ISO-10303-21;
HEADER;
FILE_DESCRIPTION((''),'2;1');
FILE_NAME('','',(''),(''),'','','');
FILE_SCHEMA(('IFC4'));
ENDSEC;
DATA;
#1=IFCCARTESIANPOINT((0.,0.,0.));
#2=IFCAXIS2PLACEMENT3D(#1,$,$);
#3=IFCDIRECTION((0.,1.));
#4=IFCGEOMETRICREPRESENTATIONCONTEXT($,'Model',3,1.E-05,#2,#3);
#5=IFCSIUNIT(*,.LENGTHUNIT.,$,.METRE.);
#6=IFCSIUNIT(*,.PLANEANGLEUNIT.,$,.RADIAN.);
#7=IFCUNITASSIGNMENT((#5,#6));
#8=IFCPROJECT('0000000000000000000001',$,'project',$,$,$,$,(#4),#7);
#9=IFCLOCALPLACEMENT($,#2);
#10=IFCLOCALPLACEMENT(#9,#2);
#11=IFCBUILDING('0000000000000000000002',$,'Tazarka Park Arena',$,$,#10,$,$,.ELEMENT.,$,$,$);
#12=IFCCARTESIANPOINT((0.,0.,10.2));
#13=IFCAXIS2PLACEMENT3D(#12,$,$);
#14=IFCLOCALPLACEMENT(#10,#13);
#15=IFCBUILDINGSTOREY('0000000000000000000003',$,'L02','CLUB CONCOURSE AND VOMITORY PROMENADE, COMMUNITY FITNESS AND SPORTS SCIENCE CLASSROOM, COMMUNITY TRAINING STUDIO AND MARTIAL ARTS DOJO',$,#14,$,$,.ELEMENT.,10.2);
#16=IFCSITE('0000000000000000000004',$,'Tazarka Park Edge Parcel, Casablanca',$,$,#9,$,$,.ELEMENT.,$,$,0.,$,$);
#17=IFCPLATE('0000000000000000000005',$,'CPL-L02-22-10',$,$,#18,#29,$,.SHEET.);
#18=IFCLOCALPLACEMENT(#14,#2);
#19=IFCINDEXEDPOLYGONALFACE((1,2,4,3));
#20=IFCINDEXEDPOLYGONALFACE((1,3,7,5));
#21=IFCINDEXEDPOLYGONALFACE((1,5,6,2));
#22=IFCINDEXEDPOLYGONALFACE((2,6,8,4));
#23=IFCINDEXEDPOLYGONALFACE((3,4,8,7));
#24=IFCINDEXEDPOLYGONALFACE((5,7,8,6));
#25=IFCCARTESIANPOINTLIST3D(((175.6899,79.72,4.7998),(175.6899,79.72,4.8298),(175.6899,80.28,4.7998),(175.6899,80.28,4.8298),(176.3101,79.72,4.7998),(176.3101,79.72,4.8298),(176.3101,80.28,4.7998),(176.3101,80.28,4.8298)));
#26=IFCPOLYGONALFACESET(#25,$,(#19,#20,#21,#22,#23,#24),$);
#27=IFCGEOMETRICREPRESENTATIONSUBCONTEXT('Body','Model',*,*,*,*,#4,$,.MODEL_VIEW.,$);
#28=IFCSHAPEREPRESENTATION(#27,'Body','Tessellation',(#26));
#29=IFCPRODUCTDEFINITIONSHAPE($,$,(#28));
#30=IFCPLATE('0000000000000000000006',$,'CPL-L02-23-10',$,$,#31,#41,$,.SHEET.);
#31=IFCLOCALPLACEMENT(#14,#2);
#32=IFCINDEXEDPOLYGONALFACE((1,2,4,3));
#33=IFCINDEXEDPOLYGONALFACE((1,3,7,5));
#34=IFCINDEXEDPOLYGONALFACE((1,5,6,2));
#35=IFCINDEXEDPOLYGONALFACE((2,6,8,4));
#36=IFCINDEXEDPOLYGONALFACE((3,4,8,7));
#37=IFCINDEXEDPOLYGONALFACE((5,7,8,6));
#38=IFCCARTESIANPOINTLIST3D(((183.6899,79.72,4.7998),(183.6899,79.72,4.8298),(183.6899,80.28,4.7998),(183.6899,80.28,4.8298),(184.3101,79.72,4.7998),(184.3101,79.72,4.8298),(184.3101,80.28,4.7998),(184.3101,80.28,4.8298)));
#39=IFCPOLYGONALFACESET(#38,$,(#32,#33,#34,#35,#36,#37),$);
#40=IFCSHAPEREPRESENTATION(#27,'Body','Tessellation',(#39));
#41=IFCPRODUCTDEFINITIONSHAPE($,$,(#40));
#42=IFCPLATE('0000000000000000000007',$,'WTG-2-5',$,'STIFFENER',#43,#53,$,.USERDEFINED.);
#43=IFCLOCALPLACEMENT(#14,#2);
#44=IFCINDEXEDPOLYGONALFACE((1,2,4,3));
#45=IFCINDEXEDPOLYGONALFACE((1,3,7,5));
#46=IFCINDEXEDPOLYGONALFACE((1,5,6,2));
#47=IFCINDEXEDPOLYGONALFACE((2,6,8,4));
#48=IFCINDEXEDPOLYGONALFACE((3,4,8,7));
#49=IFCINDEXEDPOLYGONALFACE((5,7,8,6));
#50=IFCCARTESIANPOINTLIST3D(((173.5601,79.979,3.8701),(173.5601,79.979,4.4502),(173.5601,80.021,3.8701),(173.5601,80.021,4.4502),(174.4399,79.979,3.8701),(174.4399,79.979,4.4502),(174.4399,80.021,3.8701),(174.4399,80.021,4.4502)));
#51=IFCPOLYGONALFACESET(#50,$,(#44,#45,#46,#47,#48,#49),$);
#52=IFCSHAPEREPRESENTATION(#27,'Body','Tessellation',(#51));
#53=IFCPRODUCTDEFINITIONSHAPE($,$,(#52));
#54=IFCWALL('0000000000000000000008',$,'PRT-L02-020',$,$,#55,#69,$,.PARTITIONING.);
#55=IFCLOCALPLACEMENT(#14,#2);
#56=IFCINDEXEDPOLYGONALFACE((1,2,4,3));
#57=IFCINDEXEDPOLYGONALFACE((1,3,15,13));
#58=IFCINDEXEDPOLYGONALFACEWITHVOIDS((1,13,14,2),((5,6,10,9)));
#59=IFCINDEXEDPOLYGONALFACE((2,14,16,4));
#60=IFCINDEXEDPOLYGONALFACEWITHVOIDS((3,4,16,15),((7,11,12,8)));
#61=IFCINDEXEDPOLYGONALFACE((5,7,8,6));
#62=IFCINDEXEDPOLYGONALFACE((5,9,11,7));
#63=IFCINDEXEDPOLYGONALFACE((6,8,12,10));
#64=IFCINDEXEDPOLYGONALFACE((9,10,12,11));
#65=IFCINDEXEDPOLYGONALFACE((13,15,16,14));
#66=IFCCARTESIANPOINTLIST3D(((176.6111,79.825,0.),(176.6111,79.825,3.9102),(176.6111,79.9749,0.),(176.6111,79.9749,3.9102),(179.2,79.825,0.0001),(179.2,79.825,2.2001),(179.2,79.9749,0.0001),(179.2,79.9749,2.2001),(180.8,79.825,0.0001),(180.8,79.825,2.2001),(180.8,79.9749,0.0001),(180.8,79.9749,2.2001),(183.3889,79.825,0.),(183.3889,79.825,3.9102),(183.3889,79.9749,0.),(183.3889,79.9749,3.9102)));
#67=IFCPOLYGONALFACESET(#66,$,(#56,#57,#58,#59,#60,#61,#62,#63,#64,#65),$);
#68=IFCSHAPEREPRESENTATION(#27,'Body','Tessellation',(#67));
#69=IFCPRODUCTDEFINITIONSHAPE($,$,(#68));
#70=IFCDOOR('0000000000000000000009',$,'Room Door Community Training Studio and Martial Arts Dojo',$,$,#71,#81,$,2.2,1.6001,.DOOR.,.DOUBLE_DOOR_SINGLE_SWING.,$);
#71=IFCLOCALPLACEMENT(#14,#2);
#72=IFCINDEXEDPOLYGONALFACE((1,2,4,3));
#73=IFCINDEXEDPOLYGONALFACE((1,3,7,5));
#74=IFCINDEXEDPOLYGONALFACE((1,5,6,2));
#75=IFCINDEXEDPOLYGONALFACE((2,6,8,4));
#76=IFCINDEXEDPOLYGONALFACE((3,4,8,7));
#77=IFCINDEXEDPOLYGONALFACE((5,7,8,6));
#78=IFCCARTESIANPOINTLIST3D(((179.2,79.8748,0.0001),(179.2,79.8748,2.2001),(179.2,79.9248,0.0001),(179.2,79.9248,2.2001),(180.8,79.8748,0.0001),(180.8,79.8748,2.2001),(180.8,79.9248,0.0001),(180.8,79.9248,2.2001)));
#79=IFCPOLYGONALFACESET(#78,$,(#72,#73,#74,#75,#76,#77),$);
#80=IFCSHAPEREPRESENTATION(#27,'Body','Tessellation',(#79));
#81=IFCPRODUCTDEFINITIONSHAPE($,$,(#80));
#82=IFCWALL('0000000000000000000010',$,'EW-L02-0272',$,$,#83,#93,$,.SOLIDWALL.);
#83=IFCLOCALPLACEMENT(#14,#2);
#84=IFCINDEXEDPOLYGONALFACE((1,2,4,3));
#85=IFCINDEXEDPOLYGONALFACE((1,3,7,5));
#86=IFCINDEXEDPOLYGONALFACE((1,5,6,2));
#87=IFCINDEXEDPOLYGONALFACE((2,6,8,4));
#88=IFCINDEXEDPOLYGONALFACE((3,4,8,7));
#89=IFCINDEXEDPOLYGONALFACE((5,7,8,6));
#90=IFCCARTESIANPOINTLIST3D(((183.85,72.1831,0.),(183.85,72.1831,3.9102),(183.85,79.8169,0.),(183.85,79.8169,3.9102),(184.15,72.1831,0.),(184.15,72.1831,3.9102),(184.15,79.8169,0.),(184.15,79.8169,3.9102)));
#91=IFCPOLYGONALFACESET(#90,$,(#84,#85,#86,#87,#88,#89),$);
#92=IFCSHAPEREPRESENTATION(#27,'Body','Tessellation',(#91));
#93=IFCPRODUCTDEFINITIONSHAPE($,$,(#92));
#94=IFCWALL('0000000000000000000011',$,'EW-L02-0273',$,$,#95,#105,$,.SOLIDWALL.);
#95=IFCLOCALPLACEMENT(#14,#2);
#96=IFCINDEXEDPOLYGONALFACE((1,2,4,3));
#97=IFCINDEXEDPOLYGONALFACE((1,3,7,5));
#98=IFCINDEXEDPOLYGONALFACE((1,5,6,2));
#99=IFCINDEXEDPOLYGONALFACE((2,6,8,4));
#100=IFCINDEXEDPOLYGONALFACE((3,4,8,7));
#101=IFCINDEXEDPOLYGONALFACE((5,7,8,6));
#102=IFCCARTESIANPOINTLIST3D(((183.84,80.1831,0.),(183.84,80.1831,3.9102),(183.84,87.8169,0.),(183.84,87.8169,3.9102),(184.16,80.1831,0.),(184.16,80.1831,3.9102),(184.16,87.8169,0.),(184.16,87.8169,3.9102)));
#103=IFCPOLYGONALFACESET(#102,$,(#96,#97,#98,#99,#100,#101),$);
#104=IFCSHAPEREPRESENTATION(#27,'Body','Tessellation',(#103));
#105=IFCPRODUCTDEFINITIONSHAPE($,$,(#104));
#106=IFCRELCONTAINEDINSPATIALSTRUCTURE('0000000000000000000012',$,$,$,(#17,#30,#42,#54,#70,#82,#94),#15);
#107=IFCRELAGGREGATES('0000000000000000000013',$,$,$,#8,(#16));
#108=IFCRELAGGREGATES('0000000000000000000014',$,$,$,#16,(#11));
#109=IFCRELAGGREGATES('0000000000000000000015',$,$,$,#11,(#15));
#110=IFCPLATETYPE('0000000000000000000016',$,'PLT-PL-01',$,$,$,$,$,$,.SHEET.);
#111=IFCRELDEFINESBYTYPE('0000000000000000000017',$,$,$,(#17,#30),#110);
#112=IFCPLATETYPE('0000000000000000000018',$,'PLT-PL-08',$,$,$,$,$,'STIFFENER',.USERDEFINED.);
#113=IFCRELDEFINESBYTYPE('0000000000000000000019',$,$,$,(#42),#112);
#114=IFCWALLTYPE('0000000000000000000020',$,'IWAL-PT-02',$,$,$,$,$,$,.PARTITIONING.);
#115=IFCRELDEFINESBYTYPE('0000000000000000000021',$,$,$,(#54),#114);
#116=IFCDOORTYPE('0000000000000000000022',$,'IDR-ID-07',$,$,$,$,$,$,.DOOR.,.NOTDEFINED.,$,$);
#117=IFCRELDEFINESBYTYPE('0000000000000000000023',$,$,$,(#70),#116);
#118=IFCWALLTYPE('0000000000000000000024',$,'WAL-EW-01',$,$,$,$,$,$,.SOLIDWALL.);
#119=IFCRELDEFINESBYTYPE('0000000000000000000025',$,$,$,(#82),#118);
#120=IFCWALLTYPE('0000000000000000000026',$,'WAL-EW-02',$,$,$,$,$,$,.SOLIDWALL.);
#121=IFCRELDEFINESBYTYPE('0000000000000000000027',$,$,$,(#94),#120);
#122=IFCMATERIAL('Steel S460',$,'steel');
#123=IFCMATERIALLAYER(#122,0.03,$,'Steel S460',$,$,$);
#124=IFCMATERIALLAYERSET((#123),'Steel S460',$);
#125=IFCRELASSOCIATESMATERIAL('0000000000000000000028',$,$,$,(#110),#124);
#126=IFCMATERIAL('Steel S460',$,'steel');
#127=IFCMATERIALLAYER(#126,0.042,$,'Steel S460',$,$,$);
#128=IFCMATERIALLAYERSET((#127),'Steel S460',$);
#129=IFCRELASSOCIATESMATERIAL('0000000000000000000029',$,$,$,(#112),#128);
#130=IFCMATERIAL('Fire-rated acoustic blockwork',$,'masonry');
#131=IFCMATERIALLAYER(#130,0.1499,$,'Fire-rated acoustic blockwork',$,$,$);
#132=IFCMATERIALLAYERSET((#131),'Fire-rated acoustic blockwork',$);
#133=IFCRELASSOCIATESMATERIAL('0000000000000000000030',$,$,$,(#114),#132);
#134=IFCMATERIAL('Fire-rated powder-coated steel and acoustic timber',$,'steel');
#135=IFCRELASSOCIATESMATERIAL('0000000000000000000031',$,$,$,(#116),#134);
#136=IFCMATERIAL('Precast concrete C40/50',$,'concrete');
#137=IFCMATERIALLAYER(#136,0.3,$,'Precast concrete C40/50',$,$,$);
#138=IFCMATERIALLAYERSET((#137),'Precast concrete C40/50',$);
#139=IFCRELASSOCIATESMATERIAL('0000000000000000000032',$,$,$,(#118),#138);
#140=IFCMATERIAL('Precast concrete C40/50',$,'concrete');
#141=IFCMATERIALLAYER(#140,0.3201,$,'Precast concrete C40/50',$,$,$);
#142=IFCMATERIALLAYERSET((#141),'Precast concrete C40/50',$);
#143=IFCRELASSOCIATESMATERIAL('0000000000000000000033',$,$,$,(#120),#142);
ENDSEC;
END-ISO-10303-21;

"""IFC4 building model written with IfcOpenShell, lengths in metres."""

from ifc_helpers import new_model, si_unit, direction, frame, frame_2d, origin, origin_2d, place, context, subcontext, project, spatial, rectangle, extrude, material, layer, layer_set, type_object, element, fill, save


model = new_model("IFC4")

# Units and contexts
model_context = context("Model", 3, precision=1e-05, world=origin(), true_north=direction((0.0, 1.0)))
body_context = subcontext(model_context, "Body", "Model", "MODEL_VIEW")
ifc_project = project(units=[si_unit("LENGTHUNIT", "METRE"), si_unit("PLANEANGLEUNIT", "RADIAN")], contexts=[model_context])

# Site, building, storey
site_placement = place(None, origin())
site = spatial("IfcSite", under=ifc_project, at=site_placement, Name="Tazarka Park Edge Parcel, Casablanca", CompositionType="ELEMENT", RefElevation=0.0)
building_placement = place(site_placement, origin())
building = spatial("IfcBuilding", under=site, at=building_placement, Name="Tazarka Park Arena", CompositionType="ELEMENT")
storey_placement = place(building_placement, frame((0.0, 0.0, 10.2)))
storey = spatial("IfcBuildingStorey", under=building, at=storey_placement, Name="L02", Description="CLUB CONCOURSE AND VOMITORY PROMENADE, COMMUNITY FITNESS AND SPORTS SCIENCE CLASSROOM, COMMUNITY TRAINING STUDIO AND MARTIAL ARTS DOJO", CompositionType="ELEMENT", Elevation=10.2)

# Plates
ifc_material_1 = material(Name="Steel S460", Category="steel")
ifc_layer_1 = layer(ifc_material_1, 0.03, Name="Steel S460")
ifc_layer_set_1 = layer_set([ifc_layer_1], Name="Steel S460")
plate_type_1 = type_object("IfcPlateType", Name="PLT-PL-01", PredefinedType="SHEET", material=ifc_layer_set_1)
for number, where, z_axis, x_axis, name in (
    (1, (176.0, 80.0, 4.7998), (0.0, 0.0, 1.0), (1.0, 0.0, 0.0), "CPL-L02-22-10"),
    (2, (184.0, 80.0, 4.7998), (0.0, 0.0, 1.0), (1.0, 0.0, 0.0), "CPL-L02-23-10"),
):
    element("IfcPlate", number, at=place(storey_placement, frame(where, z_axis=z_axis, x_axis=x_axis)), inside=storey, type_object=plate_type_1, Name=name, PredefinedType="SHEET", context=body_context, shape_type="SweptSolid", body=[
        extrude(rectangle(XDim=0.6201, YDim=0.5601, at=origin_2d()), origin(), (0.0, 0.0, 1.0), 0.03),
    ])
ifc_material_2 = material(Name="Steel S460", Category="steel")
ifc_layer_2 = layer(ifc_material_2, 0.042, Name="Steel S460")
ifc_layer_set_2 = layer_set([ifc_layer_2], Name="Steel S460")
plate_type_2 = type_object("IfcPlateType", Name="PLT-PL-08", ElementType="STIFFENER", PredefinedType="USERDEFINED", material=ifc_layer_set_2)
plate_placement = place(storey_placement, frame((174.0, 80.0, 3.8701), z_axis=(0.0, 0.0, 1.0), x_axis=(1.0, 0.0, 0.0)))
element("IfcPlate", 3, at=plate_placement, inside=storey, type_object=plate_type_2, Name="WTG-2-5", ObjectType="STIFFENER", PredefinedType="USERDEFINED", context=body_context, shape_type="SweptSolid", body=[
    extrude(rectangle(XDim=0.8799, YDim=0.042, at=origin_2d()), origin(), (0.0, 0.0, 1.0), 0.5801),
])

# Wall, opening, door
ifc_material_3 = material(Name="Fire-rated acoustic blockwork", Category="masonry")
ifc_layer_3 = layer(ifc_material_3, 0.1499, Name="Fire-rated acoustic blockwork")
ifc_layer_set_3 = layer_set([ifc_layer_3], Name="Fire-rated acoustic blockwork")
wall_type_1 = type_object("IfcWallType", Name="IWAL-PT-02", PredefinedType="PARTITIONING", material=ifc_layer_set_3)
wall_1_placement = place(storey_placement, frame((176.6111, 79.8999, 0.0), z_axis=(0.0, 0.0, 1.0), x_axis=(1.0, 0.0, 0.0)))
wall_1 = element("IfcWall", 4, at=wall_1_placement, inside=storey, type_object=wall_type_1, Name="PRT-L02-020", PredefinedType="PARTITIONING", context=body_context, shape_type="SweptSolid", body=[
    extrude(rectangle(XDim=6.7778, YDim=0.1499, at=frame_2d((3.3889, 0.0))), origin(), (0.0, 0.0, 1.0), 3.9102),
])
opening_placement = place(wall_1_placement, frame((2.5889, 0.0, 0.0)))
opening = element("IfcOpeningElement", 5, at=opening_placement, cuts=wall_1, PredefinedType="OPENING", context=body_context, shape_type="SweptSolid", body=[
    extrude(rectangle(XDim=1.6001, YDim=2.2, at=frame_2d((0.8, 1.1001))), frame((0.0, 0.085, 0.0), z_axis=(0.0, -1.0, 0.0), x_axis=(1.0, 0.0, 0.0)), (0.0, 0.0, 1.0), 0.1699),
])
ifc_material_4 = material(Name="Fire-rated powder-coated steel and acoustic timber", Category="steel")
door_type = type_object("IfcDoorType", Name="IDR-ID-07", OperationType="NOTDEFINED", PredefinedType="DOOR", material=ifc_material_4)
door_placement = place(opening_placement, origin())
door = element("IfcDoor", 6, at=door_placement, inside=storey, type_object=door_type, Name="Room Door Community Training Studio and Martial Arts Dojo", OperationType="DOUBLE_DOOR_SINGLE_SWING", OverallHeight=2.2, OverallWidth=1.6001, PredefinedType="DOOR", context=body_context, shape_type="SweptSolid", body=[
    extrude(rectangle(XDim=1.6001, YDim=2.2, at=frame_2d((0.8, 1.1001))), frame((0.0, 0.0249, 0.0), z_axis=(0.0, -1.0, 0.0), x_axis=(1.0, 0.0, 0.0)), (0.0, 0.0, 1.0), 0.05),
])
fill(opening, door)

# Walls
ifc_material_5 = material(Name="Precast concrete C40/50", Category="concrete")
ifc_layer_4 = layer(ifc_material_5, 0.3, Name="Precast concrete C40/50")
ifc_layer_set_4 = layer_set([ifc_layer_4], Name="Precast concrete C40/50")
wall_type_2 = type_object("IfcWallType", Name="WAL-EW-01", PredefinedType="SOLIDWALL", material=ifc_layer_set_4)
wall_2_placement = place(storey_placement, frame((184.0, 79.8169, 0.0), z_axis=(0.0, 0.0, 1.0), x_axis=(0.0, -1.0, 0.0)))
element("IfcWall", 7, at=wall_2_placement, inside=storey, type_object=wall_type_2, Name="EW-L02-0272", PredefinedType="SOLIDWALL", context=body_context, shape_type="SweptSolid", body=[
    extrude(rectangle(XDim=7.6338, YDim=0.3, at=frame_2d((3.8169, 0.0))), origin(), (0.0, 0.0, 1.0), 3.9102),
])
ifc_material_6 = material(Name="Precast concrete C40/50", Category="concrete")
ifc_layer_5 = layer(ifc_material_6, 0.3201, Name="Precast concrete C40/50")
ifc_layer_set_5 = layer_set([ifc_layer_5], Name="Precast concrete C40/50")
wall_type_3 = type_object("IfcWallType", Name="WAL-EW-02", PredefinedType="SOLIDWALL", material=ifc_layer_set_5)
wall_3_placement = place(storey_placement, frame((184.0, 87.8169, 0.0), z_axis=(0.0, 0.0, 1.0), x_axis=(0.0, -1.0, 0.0)))
element("IfcWall", 8, at=wall_3_placement, inside=storey, type_object=wall_type_3, Name="EW-L02-0273", PredefinedType="SOLIDWALL", context=body_context, shape_type="SweptSolid", body=[
    extrude(rectangle(XDim=7.6338, YDim=0.3201, at=frame_2d((3.8169, 0.0))), origin(), (0.0, 0.0, 1.0), 3.9102),
])

save(model, "model.ifc")
